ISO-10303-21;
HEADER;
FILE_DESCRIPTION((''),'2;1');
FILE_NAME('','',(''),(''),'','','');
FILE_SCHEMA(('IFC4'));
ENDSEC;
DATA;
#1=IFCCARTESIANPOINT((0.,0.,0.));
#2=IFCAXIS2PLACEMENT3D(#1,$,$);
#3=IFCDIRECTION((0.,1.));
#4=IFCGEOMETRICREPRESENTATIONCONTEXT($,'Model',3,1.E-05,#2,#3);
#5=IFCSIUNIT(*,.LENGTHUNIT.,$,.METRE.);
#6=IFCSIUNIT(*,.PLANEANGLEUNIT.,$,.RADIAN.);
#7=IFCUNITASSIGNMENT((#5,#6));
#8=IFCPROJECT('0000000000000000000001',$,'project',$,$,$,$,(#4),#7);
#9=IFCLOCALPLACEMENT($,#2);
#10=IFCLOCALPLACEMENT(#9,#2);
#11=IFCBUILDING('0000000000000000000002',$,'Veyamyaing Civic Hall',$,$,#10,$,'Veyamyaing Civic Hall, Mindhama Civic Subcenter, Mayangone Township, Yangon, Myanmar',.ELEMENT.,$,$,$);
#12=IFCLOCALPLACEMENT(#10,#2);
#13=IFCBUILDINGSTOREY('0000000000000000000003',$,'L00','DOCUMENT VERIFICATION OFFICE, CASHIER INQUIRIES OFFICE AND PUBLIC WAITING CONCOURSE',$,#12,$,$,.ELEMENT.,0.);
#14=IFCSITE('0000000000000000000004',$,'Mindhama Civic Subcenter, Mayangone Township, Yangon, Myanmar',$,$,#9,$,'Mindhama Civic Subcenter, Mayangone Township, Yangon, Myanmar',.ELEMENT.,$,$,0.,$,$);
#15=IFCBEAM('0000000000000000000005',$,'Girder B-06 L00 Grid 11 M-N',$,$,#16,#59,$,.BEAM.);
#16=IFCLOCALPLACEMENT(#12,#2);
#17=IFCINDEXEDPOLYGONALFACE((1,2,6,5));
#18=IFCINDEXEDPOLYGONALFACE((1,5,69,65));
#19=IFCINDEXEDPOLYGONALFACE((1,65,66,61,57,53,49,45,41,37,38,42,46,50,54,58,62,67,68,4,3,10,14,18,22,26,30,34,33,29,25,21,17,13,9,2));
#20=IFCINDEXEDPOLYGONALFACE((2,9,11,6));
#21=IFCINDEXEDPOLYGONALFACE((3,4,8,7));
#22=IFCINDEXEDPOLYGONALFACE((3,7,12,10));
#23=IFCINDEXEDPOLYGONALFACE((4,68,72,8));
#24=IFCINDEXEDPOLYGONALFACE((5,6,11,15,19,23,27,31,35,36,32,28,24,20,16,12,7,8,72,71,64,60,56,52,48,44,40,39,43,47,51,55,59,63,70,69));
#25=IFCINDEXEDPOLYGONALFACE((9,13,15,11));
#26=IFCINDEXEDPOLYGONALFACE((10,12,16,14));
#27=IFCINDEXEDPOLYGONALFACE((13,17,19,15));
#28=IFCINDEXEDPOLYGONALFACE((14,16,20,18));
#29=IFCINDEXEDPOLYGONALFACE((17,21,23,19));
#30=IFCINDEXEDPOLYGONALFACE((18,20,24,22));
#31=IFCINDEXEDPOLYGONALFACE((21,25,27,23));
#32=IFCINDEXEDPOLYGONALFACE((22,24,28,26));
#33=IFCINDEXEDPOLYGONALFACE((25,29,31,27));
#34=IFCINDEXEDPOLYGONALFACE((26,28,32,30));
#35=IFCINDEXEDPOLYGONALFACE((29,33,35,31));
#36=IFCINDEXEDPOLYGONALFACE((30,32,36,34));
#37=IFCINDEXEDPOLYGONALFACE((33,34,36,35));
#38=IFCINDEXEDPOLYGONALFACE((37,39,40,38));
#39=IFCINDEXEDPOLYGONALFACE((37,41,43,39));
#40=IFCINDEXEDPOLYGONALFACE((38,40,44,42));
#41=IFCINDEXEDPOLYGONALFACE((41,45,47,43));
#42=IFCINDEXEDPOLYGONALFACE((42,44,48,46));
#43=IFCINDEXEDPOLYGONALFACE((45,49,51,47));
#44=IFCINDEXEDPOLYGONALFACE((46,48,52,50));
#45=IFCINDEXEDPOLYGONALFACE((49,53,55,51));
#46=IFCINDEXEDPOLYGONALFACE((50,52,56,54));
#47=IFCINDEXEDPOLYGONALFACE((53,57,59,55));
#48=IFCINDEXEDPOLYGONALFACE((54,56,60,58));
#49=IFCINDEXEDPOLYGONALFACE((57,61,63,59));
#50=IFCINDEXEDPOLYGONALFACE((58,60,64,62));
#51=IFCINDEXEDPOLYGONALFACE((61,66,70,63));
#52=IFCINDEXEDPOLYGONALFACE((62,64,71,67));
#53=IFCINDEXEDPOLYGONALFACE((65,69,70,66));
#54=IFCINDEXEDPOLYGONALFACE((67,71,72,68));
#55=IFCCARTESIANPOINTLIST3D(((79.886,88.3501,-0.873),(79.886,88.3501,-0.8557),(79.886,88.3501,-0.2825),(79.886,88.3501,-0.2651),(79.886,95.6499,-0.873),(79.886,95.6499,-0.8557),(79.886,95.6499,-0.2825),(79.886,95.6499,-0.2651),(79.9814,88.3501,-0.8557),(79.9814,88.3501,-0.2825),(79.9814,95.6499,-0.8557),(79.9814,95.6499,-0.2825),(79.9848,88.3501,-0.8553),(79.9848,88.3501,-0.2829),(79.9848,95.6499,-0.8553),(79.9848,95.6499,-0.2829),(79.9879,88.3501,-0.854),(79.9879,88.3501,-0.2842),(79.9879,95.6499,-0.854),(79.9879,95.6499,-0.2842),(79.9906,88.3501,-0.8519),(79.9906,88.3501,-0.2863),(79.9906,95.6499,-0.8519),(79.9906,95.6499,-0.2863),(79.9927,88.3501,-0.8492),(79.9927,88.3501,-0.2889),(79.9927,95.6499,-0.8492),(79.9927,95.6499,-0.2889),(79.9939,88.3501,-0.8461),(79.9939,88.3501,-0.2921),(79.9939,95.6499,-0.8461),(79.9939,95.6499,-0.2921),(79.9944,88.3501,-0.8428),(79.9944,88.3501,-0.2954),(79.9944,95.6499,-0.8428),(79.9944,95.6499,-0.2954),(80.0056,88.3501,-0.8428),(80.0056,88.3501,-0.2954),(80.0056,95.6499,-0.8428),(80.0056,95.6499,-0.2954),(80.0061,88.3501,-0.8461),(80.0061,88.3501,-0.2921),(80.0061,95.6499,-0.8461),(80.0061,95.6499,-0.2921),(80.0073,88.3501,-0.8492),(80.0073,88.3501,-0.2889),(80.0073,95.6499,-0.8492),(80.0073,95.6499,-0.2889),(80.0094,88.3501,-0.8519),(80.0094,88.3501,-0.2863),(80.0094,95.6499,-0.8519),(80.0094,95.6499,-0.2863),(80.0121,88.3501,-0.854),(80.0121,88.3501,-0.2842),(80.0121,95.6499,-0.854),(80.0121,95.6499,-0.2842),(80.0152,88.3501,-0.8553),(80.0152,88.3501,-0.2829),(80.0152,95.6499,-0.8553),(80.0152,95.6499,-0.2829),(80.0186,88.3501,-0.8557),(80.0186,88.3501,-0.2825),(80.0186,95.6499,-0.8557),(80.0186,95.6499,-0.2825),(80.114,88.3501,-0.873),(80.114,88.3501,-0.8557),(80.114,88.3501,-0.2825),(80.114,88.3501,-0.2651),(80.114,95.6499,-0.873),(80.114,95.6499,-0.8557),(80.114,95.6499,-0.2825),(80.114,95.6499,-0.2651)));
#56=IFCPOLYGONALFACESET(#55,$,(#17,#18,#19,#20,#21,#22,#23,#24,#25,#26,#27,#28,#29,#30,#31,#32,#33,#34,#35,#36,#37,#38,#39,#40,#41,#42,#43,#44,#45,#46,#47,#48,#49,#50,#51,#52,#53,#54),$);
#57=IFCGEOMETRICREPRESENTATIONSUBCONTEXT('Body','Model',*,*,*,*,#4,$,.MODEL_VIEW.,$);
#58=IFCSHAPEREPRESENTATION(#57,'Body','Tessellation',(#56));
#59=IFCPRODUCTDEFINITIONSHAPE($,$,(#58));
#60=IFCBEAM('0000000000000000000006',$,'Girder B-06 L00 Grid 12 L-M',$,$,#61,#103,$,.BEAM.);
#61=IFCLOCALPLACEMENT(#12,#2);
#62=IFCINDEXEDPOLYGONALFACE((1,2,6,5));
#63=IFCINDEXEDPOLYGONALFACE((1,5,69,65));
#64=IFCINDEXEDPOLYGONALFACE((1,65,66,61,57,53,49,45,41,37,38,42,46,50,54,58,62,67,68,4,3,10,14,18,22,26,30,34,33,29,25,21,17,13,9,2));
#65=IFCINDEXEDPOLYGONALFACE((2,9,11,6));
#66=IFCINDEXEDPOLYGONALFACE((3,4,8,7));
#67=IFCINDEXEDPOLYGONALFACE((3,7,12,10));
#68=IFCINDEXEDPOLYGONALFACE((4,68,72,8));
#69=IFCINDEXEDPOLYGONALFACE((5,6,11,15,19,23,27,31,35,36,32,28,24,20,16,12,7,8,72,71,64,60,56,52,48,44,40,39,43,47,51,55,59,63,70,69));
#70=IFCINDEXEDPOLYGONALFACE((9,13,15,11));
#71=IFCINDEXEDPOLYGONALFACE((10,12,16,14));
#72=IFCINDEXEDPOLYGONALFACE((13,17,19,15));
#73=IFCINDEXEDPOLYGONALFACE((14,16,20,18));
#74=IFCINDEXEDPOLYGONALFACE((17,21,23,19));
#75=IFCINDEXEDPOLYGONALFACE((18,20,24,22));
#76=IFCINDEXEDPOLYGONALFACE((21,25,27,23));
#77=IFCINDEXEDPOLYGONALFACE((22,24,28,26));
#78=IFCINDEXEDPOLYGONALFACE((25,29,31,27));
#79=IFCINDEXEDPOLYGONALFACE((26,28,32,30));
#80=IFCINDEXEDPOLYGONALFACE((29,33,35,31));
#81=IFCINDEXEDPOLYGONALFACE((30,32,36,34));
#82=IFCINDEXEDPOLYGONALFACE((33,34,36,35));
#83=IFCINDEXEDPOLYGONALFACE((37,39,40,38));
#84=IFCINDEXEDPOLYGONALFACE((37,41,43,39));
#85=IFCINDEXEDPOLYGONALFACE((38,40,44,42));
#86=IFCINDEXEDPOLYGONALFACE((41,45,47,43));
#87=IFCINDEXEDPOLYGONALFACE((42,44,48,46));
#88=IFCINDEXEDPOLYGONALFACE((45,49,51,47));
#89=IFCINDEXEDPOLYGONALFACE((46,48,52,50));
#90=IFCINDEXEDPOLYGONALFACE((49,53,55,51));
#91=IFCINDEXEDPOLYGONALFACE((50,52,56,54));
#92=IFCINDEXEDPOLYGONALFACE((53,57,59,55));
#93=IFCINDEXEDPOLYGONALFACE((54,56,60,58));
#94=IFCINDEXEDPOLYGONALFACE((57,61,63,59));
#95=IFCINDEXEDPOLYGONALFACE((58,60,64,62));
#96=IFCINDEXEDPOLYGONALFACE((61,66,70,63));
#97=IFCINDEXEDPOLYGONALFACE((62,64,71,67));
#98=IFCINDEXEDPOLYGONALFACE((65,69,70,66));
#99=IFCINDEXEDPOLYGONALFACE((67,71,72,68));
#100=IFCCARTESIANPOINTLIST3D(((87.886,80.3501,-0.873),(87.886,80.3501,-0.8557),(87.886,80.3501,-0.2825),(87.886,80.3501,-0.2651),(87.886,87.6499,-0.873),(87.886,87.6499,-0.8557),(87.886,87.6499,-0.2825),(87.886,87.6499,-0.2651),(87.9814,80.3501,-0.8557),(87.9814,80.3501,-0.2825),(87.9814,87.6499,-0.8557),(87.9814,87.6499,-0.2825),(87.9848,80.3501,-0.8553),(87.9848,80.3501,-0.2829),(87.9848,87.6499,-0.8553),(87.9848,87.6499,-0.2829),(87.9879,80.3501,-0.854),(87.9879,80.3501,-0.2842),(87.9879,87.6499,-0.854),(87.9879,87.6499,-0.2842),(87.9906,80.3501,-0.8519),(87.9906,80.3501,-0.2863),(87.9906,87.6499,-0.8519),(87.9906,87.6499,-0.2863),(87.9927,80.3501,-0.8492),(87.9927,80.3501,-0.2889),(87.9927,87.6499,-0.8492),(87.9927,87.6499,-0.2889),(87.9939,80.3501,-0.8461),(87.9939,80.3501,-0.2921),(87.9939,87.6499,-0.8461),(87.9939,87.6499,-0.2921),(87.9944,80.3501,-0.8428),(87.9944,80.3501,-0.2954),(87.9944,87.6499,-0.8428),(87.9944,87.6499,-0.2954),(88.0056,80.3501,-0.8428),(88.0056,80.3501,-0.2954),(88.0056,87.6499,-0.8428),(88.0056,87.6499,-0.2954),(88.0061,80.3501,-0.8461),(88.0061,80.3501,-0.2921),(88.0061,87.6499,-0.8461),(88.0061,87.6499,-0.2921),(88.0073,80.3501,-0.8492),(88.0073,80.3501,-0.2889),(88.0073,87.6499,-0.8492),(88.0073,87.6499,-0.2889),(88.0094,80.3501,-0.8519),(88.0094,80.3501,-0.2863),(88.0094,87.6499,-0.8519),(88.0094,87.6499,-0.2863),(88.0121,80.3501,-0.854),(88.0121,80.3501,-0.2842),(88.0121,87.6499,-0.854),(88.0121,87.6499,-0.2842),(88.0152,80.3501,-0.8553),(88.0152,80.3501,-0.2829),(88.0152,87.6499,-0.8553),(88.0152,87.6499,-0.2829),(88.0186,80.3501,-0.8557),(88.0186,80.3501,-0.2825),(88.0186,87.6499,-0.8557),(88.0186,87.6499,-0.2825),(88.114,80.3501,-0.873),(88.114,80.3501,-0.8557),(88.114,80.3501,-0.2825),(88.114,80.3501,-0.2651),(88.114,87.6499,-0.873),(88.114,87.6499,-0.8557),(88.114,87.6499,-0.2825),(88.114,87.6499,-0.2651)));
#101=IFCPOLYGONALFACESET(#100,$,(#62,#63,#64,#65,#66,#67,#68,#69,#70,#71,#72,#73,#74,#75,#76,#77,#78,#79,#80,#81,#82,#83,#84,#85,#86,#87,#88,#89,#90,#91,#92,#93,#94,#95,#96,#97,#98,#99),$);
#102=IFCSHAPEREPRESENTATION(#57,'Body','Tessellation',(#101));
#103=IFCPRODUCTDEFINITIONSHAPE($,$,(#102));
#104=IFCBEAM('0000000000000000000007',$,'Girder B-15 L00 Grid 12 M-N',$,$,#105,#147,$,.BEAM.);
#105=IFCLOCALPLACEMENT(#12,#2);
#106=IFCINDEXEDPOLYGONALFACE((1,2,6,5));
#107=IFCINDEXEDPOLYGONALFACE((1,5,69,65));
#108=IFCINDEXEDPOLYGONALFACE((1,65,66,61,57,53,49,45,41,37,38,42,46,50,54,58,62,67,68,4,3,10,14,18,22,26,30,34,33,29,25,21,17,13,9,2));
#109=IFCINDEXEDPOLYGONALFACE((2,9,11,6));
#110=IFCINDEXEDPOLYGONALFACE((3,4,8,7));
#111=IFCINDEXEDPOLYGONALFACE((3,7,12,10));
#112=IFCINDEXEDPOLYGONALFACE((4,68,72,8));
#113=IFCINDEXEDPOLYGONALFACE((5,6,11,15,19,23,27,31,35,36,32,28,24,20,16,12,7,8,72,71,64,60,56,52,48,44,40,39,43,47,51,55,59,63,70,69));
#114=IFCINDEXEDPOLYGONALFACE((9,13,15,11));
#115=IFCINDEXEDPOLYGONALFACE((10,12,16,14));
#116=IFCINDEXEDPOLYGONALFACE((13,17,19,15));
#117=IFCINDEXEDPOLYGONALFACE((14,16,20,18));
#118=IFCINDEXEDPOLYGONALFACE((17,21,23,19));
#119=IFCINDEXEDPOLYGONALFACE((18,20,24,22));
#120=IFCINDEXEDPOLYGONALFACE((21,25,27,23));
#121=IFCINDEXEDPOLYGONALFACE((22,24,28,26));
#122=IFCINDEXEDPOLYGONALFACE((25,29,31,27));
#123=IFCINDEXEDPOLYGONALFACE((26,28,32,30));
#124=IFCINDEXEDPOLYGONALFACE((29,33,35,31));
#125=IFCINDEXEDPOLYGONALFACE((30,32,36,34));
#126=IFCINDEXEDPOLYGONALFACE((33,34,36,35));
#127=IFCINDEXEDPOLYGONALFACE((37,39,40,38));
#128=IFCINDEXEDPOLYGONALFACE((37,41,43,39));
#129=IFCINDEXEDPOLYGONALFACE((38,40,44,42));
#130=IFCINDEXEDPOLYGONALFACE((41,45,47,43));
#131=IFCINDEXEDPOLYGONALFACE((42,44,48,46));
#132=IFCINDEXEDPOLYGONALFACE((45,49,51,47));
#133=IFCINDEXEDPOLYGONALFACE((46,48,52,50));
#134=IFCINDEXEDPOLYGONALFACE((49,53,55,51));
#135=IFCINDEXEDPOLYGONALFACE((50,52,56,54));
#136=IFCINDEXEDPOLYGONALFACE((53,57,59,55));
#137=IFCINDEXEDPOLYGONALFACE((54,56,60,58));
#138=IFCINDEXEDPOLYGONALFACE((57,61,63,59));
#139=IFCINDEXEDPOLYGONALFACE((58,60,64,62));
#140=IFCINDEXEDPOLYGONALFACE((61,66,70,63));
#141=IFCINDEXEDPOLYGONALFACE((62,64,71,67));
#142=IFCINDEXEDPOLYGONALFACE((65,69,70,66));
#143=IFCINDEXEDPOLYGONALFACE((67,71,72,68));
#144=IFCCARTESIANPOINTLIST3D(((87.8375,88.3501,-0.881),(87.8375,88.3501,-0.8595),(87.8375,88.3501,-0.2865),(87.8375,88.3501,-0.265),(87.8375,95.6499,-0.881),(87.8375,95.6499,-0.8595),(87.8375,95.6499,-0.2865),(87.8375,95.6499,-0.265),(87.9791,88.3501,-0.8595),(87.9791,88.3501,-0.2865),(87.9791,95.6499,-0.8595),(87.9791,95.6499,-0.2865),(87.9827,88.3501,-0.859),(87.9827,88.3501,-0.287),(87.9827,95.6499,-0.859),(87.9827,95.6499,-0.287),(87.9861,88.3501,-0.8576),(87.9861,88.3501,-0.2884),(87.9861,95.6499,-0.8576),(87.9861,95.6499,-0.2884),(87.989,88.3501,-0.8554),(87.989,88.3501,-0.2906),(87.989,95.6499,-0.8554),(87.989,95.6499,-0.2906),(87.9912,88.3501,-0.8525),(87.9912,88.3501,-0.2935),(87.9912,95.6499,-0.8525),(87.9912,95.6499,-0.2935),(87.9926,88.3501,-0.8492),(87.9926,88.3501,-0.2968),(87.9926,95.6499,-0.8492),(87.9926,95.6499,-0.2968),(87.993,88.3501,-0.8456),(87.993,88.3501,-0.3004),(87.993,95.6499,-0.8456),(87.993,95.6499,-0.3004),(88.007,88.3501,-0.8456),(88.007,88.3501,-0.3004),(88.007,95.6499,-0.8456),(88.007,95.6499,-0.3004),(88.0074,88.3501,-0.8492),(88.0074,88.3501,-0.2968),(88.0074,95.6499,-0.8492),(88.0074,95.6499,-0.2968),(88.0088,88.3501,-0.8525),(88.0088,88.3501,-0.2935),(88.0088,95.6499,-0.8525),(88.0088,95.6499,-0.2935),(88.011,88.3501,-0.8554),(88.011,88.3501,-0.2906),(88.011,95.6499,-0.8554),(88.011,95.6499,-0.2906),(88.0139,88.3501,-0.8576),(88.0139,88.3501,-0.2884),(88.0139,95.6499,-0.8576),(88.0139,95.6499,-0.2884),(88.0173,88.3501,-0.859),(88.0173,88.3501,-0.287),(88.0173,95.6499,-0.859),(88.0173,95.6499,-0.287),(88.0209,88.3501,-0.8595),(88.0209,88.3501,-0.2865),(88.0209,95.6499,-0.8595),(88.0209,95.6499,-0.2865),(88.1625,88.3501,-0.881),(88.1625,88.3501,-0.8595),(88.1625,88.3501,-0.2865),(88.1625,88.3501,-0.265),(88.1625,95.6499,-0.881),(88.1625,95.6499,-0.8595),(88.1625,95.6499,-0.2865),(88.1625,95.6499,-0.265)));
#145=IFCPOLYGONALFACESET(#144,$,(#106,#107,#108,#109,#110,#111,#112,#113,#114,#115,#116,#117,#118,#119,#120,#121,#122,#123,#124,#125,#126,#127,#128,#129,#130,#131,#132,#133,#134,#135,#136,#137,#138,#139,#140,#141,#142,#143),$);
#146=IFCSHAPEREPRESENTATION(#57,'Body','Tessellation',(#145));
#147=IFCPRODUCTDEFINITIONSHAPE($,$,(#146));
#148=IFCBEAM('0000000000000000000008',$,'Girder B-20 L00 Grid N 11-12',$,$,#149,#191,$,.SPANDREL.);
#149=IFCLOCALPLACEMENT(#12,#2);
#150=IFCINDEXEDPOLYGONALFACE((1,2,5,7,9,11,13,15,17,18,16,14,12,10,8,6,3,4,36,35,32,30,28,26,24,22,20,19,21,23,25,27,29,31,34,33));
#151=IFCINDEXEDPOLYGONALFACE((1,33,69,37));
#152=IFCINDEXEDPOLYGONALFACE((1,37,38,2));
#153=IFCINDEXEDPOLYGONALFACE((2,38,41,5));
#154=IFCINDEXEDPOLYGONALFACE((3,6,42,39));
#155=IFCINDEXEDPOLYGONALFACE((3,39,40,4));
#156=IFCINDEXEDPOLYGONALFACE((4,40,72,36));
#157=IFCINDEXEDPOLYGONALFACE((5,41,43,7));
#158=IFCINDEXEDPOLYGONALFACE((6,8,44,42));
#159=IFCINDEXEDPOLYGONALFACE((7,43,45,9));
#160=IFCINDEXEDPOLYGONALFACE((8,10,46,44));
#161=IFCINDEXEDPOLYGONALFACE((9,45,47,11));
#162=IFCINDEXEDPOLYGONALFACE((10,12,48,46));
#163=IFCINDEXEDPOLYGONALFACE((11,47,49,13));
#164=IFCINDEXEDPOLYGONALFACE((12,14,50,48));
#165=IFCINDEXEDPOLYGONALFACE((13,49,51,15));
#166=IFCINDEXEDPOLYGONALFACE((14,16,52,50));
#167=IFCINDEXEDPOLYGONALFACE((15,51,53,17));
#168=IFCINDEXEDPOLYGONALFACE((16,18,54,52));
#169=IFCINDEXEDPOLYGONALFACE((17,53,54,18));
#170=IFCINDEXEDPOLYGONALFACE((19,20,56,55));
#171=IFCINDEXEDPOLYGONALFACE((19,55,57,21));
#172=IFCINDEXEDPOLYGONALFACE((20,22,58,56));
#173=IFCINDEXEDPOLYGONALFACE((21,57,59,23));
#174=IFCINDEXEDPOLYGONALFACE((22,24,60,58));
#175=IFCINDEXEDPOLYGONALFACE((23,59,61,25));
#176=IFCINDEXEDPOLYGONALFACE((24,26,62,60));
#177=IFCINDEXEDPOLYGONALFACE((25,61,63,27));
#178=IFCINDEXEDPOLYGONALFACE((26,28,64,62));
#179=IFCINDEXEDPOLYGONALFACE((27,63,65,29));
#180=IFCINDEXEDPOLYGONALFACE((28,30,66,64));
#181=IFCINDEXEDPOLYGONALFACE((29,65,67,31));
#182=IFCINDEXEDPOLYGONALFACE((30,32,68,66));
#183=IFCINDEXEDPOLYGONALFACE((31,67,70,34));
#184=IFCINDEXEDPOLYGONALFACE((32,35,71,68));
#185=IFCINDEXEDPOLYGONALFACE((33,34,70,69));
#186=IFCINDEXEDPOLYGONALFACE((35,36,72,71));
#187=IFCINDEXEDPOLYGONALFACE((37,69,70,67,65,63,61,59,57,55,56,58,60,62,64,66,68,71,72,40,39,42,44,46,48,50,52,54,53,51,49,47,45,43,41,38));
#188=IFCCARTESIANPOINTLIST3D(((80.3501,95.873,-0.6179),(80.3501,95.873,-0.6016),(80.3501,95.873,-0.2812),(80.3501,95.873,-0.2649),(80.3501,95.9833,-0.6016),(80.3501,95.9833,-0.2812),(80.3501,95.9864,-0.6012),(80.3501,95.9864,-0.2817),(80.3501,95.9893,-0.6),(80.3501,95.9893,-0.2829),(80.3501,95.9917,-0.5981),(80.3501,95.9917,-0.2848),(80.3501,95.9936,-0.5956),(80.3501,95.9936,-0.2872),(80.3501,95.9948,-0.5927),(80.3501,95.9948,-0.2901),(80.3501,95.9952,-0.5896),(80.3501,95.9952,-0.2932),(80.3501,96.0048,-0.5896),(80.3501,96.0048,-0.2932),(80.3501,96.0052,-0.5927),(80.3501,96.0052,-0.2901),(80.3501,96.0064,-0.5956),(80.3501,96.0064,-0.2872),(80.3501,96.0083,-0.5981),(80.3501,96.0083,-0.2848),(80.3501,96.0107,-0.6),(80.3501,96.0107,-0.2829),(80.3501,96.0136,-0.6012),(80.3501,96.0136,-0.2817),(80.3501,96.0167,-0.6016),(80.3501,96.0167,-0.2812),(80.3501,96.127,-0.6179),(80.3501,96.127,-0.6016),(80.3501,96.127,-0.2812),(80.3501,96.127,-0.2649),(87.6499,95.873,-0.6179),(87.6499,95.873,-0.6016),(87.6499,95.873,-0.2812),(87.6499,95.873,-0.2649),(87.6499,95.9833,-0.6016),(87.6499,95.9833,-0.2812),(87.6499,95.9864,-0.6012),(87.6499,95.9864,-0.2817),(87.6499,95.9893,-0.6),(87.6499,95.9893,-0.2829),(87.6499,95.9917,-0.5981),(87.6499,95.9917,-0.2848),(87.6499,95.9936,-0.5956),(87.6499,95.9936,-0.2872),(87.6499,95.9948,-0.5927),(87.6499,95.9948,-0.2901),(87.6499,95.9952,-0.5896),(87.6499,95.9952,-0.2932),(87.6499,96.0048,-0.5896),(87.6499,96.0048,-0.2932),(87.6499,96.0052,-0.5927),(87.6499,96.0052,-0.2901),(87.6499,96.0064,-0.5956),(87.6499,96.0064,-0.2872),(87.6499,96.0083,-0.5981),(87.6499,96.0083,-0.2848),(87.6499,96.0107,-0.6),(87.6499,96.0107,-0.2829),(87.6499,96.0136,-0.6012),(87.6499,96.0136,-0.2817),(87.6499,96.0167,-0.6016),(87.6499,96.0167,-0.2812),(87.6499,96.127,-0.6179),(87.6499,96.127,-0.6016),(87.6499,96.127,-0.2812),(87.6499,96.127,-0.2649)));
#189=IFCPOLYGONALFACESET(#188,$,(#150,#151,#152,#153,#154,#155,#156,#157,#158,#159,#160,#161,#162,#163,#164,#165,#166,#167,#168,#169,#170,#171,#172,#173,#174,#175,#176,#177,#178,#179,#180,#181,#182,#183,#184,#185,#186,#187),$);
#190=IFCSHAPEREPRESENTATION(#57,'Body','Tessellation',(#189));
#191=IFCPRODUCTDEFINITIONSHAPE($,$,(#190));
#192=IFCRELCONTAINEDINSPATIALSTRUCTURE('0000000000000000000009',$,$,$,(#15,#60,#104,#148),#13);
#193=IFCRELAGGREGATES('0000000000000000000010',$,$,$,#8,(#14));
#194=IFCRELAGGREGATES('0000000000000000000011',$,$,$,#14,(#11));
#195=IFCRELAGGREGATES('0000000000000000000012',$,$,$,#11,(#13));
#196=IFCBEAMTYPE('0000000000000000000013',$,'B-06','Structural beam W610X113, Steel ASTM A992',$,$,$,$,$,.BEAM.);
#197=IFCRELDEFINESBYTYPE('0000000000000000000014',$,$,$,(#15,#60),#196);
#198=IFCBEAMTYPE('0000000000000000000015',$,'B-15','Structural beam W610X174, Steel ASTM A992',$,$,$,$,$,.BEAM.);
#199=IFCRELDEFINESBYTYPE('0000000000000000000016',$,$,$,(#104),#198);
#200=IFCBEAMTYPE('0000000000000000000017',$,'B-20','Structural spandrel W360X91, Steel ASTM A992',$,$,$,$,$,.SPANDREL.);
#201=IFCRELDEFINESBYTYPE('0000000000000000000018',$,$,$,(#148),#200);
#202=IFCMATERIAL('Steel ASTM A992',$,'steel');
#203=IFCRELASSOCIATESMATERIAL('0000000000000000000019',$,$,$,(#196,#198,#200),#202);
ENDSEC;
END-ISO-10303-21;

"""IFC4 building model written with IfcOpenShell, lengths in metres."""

from ifc_helpers import new_model, si_unit, direction, frame, origin, origin_2d, place, context, subcontext, project, spatial, i_section, extrude, material, material_profile, profile_set, type_object, element, save


model = new_model("IFC4")

# Units and contexts
model_context = context("Model", 3, precision=1e-05, world=origin(), true_north=direction((0.0, 1.0)))
body_context = subcontext(model_context, "Body", "Model", "MODEL_VIEW")
ifc_project = project(units=[si_unit("LENGTHUNIT", "METRE"), si_unit("PLANEANGLEUNIT", "RADIAN")], contexts=[model_context])

# Site, building, storey
site_placement = place(None, origin())
site = spatial("IfcSite", under=ifc_project, at=site_placement, Name="Mindhama Civic Subcenter, Mayangone Township, Yangon, Myanmar", LongName="Mindhama Civic Subcenter, Mayangone Township, Yangon, Myanmar", CompositionType="ELEMENT", RefElevation=0.0)
building_placement = place(site_placement, origin())
building = spatial("IfcBuilding", under=site, at=building_placement, Name="Veyamyaing Civic Hall", LongName="Veyamyaing Civic Hall, Mindhama Civic Subcenter, Mayangone Township, Yangon, Myanmar", CompositionType="ELEMENT")
storey_placement = place(building_placement, origin())
storey = spatial("IfcBuildingStorey", under=building, at=storey_placement, Name="L00", Description="DOCUMENT VERIFICATION OFFICE, CASHIER INQUIRIES OFFICE AND PUBLIC WAITING CONCOURSE", CompositionType="ELEMENT", Elevation=0.0)

# Beams
ifc_material_1 = material(Name="Steel ASTM A992", Category="steel")
ifc_material_profile_1 = material_profile(ifc_material_1, i_section(OverallWidth=0.228, OverallDepth=0.6079, WebThickness=0.0112, FlangeThickness=0.0173, FilletRadius=0.0129, at=origin_2d()), Name="W610X113")
ifc_profile_set_1 = profile_set([ifc_material_profile_1], Name="Steel ASTM A992")
beam_type_1 = type_object("IfcBeamType", Name="B-06", Description="Structural beam W610X113, Steel ASTM A992", PredefinedType="BEAM", material=ifc_profile_set_1)
for number, where, z_axis, x_axis, name in (
    (1, (80.0, 88.3501, -0.5691), (0.0, 1.0, 0.0), (-1.0, 0.0, 0.0), "Girder B-06 L00 Grid 11 M-N"),
    (2, (88.0, 80.3501, -0.5691), (0.0, 1.0, 0.0), (-1.0, 0.0, 0.0), "Girder B-06 L00 Grid 12 L-M"),
):
    element("IfcBeam", number, at=place(storey_placement, frame(where, z_axis=z_axis, x_axis=x_axis)), inside=storey, type_object=beam_type_1, Name=name, PredefinedType="BEAM", context=body_context, shape_type="SweptSolid", body=[
        extrude(i_section(OverallWidth=0.228, OverallDepth=0.6079, WebThickness=0.0112, FlangeThickness=0.0173, FilletRadius=0.0129, at=origin_2d()), origin(), (0.0, 0.0, 1.0), 7.2998),
    ])
ifc_material_profile_2 = material_profile(ifc_material_1, i_section(OverallWidth=0.325, OverallDepth=0.616, WebThickness=0.0139, FlangeThickness=0.0215, FilletRadius=0.0139, at=origin_2d()), Name="W610X174")
ifc_profile_set_2 = profile_set([ifc_material_profile_2], Name="Steel ASTM A992")
beam_type_2 = type_object("IfcBeamType", Name="B-15", Description="Structural beam W610X174, Steel ASTM A992", PredefinedType="BEAM", material=ifc_profile_set_2)
beam_1_placement = place(storey_placement, frame((88.0, 88.3501, -0.573), z_axis=(0.0, 1.0, 0.0), x_axis=(-1.0, 0.0, 0.0)))
element("IfcBeam", 3, at=beam_1_placement, inside=storey, type_object=beam_type_2, Name="Girder B-15 L00 Grid 12 M-N", PredefinedType="BEAM", context=body_context, shape_type="SweptSolid", body=[
    extrude(i_section(OverallWidth=0.325, OverallDepth=0.616, WebThickness=0.0139, FlangeThickness=0.0215, FilletRadius=0.0139, at=origin_2d()), origin(), (0.0, 0.0, 1.0), 7.2998),
])
ifc_material_profile_3 = material_profile(ifc_material_1, i_section(OverallWidth=0.2539, OverallDepth=0.353, WebThickness=0.0095, FlangeThickness=0.0164, FilletRadius=0.012, at=origin_2d()), Name="W360X91")
ifc_profile_set_3 = profile_set([ifc_material_profile_3], Name="Steel ASTM A992")
beam_type_3 = type_object("IfcBeamType", Name="B-20", Description="Structural spandrel W360X91, Steel ASTM A992", PredefinedType="SPANDREL", material=ifc_profile_set_3)
beam_2_placement = place(storey_placement, frame((80.3501, 96.0, -0.4414), z_axis=(1.0, 0.0, 0.0), x_axis=(0.0, 1.0, 0.0)))
element("IfcBeam", 4, at=beam_2_placement, inside=storey, type_object=beam_type_3, Name="Girder B-20 L00 Grid N 11-12", PredefinedType="SPANDREL", context=body_context, shape_type="SweptSolid", body=[
    extrude(i_section(OverallWidth=0.2539, OverallDepth=0.353, WebThickness=0.0095, FlangeThickness=0.0164, FilletRadius=0.012, at=origin_2d()), origin(), (0.0, 0.0, 1.0), 7.2998),
])

save(model, "model.ifc")
